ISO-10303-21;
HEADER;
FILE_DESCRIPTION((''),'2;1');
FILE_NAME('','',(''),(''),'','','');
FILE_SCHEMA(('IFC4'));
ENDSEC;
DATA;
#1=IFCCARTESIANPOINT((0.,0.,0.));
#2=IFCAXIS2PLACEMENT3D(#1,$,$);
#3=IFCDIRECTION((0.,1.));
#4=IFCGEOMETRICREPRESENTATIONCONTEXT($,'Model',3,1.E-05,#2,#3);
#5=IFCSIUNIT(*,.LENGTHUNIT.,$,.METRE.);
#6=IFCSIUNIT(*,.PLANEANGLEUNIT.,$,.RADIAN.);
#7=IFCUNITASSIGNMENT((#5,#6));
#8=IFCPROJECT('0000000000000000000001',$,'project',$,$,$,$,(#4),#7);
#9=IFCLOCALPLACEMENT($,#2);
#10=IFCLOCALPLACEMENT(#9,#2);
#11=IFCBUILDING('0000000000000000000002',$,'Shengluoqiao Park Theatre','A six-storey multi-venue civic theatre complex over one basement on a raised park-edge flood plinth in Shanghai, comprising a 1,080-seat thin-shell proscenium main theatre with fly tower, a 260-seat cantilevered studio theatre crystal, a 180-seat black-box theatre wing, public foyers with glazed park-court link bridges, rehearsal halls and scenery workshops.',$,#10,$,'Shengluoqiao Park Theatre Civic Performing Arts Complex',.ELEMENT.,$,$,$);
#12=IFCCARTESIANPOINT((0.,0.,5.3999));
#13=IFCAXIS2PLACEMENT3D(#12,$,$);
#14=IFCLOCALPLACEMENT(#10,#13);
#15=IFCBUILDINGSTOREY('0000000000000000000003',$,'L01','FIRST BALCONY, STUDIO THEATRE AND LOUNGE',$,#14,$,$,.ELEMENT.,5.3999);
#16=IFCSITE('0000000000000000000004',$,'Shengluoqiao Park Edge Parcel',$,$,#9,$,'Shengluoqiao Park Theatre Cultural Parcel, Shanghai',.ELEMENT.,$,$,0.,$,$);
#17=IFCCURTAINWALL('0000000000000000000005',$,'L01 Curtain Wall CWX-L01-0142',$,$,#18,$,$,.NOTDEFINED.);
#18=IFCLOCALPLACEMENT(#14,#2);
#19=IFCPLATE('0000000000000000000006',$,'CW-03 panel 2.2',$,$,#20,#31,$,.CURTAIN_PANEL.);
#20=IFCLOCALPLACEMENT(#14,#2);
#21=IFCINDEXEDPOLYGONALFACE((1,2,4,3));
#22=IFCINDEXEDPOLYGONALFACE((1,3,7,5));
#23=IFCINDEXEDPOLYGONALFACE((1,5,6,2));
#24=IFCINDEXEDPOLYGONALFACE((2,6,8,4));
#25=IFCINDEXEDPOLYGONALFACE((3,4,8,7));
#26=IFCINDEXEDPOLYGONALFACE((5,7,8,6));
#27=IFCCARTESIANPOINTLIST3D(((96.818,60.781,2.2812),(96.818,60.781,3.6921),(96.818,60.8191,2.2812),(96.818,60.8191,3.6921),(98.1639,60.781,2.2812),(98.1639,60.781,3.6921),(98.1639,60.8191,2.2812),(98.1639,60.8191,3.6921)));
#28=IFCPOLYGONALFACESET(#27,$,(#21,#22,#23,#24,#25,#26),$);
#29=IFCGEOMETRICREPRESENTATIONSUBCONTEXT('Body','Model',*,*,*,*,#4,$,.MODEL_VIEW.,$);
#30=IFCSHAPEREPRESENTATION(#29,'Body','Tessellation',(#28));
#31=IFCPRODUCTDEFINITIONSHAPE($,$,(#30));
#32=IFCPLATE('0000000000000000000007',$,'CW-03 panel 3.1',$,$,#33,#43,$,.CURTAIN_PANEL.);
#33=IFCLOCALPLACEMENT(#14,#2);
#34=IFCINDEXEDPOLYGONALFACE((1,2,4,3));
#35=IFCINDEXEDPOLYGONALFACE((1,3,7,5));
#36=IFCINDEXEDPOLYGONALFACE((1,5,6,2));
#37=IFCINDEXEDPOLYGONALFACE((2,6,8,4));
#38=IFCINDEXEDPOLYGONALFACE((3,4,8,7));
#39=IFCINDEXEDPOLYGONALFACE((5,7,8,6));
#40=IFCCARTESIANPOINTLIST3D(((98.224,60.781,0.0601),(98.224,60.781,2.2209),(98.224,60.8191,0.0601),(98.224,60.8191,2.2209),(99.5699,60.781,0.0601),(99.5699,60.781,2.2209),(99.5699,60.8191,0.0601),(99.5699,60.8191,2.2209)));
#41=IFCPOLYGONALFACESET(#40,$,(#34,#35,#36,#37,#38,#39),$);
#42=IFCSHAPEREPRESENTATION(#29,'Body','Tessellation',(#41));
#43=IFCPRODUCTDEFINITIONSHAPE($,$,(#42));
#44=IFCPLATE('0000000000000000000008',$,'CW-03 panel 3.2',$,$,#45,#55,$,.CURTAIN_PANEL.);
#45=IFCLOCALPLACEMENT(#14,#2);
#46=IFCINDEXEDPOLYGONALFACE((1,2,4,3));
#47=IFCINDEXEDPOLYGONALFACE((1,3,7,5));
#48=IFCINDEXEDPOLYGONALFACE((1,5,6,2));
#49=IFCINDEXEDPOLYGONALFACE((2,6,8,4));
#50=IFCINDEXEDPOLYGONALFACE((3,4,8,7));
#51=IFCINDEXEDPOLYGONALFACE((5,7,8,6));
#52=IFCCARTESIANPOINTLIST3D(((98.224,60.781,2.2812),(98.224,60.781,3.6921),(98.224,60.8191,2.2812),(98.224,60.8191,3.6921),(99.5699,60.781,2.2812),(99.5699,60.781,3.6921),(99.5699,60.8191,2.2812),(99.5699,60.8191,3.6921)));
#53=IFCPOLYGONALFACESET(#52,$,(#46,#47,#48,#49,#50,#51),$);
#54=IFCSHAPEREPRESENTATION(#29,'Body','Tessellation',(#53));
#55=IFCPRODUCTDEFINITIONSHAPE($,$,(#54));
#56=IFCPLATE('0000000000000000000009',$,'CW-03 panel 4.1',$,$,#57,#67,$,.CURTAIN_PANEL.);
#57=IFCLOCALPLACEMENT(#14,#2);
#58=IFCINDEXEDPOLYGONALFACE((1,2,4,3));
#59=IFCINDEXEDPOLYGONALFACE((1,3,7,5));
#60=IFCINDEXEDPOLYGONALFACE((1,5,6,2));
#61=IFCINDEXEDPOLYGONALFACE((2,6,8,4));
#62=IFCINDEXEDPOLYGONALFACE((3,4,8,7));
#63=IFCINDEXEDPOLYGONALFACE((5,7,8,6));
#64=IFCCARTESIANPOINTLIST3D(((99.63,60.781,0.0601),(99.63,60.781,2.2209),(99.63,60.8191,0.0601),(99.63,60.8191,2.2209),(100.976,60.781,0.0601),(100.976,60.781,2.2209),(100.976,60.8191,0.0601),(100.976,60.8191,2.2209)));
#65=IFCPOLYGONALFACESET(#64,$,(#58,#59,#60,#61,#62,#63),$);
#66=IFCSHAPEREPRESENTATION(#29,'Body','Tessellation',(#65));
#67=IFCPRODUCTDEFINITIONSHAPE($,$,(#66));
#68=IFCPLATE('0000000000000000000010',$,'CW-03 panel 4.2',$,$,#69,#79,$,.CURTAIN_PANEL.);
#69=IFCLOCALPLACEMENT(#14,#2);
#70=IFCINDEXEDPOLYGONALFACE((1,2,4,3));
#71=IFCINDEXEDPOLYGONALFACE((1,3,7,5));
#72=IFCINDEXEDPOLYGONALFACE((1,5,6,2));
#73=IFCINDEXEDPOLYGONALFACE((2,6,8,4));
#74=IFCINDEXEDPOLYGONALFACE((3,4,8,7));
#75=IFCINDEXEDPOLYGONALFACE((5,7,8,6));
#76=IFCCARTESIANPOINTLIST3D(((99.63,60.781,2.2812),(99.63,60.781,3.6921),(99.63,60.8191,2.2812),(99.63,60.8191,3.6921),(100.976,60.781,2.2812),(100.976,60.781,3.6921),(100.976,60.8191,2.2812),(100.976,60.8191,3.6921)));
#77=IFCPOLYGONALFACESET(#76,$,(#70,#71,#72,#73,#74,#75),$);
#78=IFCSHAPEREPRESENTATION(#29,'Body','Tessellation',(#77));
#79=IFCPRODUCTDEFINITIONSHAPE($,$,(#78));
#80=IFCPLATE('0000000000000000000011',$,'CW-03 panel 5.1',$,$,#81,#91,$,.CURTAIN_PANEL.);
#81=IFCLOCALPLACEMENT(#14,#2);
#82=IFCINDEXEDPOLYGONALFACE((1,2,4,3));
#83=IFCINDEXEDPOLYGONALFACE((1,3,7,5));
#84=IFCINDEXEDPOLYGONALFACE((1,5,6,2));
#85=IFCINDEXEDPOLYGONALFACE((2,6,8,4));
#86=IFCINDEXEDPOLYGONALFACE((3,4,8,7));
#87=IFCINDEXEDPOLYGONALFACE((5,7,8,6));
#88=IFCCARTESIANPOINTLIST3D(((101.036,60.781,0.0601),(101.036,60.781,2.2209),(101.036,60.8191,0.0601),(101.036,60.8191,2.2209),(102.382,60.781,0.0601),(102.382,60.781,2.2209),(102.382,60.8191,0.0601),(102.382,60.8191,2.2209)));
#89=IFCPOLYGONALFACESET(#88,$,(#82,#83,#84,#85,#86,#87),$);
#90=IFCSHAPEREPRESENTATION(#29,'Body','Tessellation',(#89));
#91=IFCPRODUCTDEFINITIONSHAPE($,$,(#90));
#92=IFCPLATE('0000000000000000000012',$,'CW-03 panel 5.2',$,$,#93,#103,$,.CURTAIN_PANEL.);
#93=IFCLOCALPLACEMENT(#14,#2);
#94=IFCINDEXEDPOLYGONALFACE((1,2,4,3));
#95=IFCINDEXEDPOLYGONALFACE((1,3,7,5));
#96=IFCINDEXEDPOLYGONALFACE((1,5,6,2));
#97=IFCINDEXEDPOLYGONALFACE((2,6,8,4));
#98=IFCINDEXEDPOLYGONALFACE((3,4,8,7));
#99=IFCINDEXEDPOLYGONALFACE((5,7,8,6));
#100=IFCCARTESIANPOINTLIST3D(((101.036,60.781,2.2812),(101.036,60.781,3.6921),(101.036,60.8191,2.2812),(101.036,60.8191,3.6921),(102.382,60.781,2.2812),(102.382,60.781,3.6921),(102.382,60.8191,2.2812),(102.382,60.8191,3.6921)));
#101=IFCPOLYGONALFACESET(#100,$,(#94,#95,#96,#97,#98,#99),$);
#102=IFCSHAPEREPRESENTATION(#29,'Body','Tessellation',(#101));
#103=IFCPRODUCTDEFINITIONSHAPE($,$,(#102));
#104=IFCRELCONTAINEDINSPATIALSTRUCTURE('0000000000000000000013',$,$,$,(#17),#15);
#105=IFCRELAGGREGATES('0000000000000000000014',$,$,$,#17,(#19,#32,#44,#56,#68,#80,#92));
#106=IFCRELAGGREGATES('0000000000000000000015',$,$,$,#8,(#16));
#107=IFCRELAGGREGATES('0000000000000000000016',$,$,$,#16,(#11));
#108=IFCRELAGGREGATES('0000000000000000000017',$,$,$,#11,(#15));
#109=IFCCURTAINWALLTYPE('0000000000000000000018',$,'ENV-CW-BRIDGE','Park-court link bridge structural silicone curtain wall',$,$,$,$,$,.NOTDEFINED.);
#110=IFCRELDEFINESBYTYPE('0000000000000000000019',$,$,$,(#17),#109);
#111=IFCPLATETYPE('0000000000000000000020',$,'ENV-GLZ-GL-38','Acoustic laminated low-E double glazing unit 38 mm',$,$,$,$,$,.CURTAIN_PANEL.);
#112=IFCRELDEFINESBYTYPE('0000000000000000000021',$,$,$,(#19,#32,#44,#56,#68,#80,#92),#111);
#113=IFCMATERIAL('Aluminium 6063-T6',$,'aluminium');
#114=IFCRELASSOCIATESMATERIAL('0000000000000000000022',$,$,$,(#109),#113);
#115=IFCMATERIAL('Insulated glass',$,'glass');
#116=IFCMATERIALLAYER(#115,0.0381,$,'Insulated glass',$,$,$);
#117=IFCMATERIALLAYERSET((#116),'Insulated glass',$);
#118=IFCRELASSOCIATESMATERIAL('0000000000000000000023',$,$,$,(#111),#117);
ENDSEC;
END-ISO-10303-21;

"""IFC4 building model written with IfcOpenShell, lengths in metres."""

from ifc_helpers import new_model, si_unit, direction, frame, origin, origin_2d, place, context, subcontext, project, spatial, rectangle, extrude, material, layer, layer_set, type_object, element, aggregate, save


model = new_model("IFC4")

# Units and contexts
model_context = context("Model", 3, precision=1e-05, world=origin(), true_north=direction((0.0, 1.0)))
body_context = subcontext(model_context, "Body", "Model", "MODEL_VIEW")
ifc_project = project(units=[si_unit("LENGTHUNIT", "METRE"), si_unit("PLANEANGLEUNIT", "RADIAN")], contexts=[model_context])

# Site, building, storey
site_placement = place(None, origin())
site = spatial("IfcSite", under=ifc_project, at=site_placement, Name="Shengluoqiao Park Edge Parcel", LongName="Shengluoqiao Park Theatre Cultural Parcel, Shanghai", CompositionType="ELEMENT", RefElevation=0.0)
building_placement = place(site_placement, origin())
building = spatial("IfcBuilding", under=site, at=building_placement, Name="Shengluoqiao Park Theatre", Description="A six-storey multi-venue civic theatre complex over one basement on a raised park-edge flood plinth in Shanghai, comprising a 1,080-seat thin-shell proscenium main theatre with fly tower, a 260-seat cantilevered studio theatre crystal, a 180-seat black-box theatre wing, public foyers with glazed park-court link bridges, rehearsal halls and scenery workshops.", LongName="Shengluoqiao Park Theatre Civic Performing Arts Complex", CompositionType="ELEMENT")
storey_placement = place(building_placement, frame((0.0, 0.0, 5.3999)))
storey = spatial("IfcBuildingStorey", under=building, at=storey_placement, Name="L01", Description="FIRST BALCONY, STUDIO THEATRE AND LOUNGE", CompositionType="ELEMENT", Elevation=5.3999)

# Shared definitions
ifc_material_1 = material(Name="Aluminium 6063-T6", Category="aluminium")
curtain_wall_type = type_object("IfcCurtainWallType", Name="ENV-CW-BRIDGE", Description="Park-court link bridge structural silicone curtain wall", PredefinedType="NOTDEFINED", material=ifc_material_1)

# Curtain wall
curtain_wall_1_placement = place(storey_placement, origin())
curtain_wall_1 = element("IfcCurtainWall", 1, at=curtain_wall_1_placement, inside=storey, type_object=curtain_wall_type, Name="L01 Curtain Wall CWX-L01-0142", PredefinedType="NOTDEFINED")

# Plates
ifc_material_2 = material(Name="Insulated glass", Category="glass")
ifc_layer = layer(ifc_material_2, 0.0381, Name="Insulated glass")
ifc_layer_set = layer_set([ifc_layer], Name="Insulated glass")
plate_type = type_object("IfcPlateType", Name="ENV-GLZ-GL-38", Description="Acoustic laminated low-E double glazing unit 38 mm", PredefinedType="CURTAIN_PANEL", material=ifc_layer_set)
plate_1_placement = place(storey_placement, frame((97.491, 60.8, 2.2812), z_axis=(0.0, 0.0, 1.0), x_axis=(1.0, 0.0, 0.0)))
plate_1 = element("IfcPlate", 2, at=plate_1_placement, type_object=plate_type, Name="CW-03 panel 2.2", PredefinedType="CURTAIN_PANEL", context=body_context, shape_type="SweptSolid", body=[
    extrude(rectangle(XDim=1.3459, YDim=0.0381, at=origin_2d()), origin(), (0.0, 0.0, 1.0), 1.4109),
])
plate_2_placement = place(storey_placement, frame((98.897, 60.8, 0.0601), z_axis=(0.0, 0.0, 1.0), x_axis=(1.0, 0.0, 0.0)))
plate_2 = element("IfcPlate", 3, at=plate_2_placement, type_object=plate_type, Name="CW-03 panel 3.1", PredefinedType="CURTAIN_PANEL", context=body_context, shape_type="SweptSolid", body=[
    extrude(rectangle(XDim=1.3459, YDim=0.0381, at=origin_2d()), origin(), (0.0, 0.0, 1.0), 2.1609),
])
plate_3_placement = place(storey_placement, frame((98.897, 60.8, 2.2812), z_axis=(0.0, 0.0, 1.0), x_axis=(1.0, 0.0, 0.0)))
plate_3 = element("IfcPlate", 4, at=plate_3_placement, type_object=plate_type, Name="CW-03 panel 3.2", PredefinedType="CURTAIN_PANEL", context=body_context, shape_type="SweptSolid", body=[
    extrude(rectangle(XDim=1.3459, YDim=0.0381, at=origin_2d()), origin(), (0.0, 0.0, 1.0), 1.4109),
])
plate_4_placement = place(storey_placement, frame((100.303, 60.8, 0.0601), z_axis=(0.0, 0.0, 1.0), x_axis=(1.0, 0.0, 0.0)))
plate_4 = element("IfcPlate", 5, at=plate_4_placement, type_object=plate_type, Name="CW-03 panel 4.1", PredefinedType="CURTAIN_PANEL", context=body_context, shape_type="SweptSolid", body=[
    extrude(rectangle(XDim=1.3459, YDim=0.0381, at=origin_2d()), origin(), (0.0, 0.0, 1.0), 2.1609),
])
plate_5_placement = place(storey_placement, frame((100.303, 60.8, 2.2812), z_axis=(0.0, 0.0, 1.0), x_axis=(1.0, 0.0, 0.0)))
plate_5 = element("IfcPlate", 6, at=plate_5_placement, type_object=plate_type, Name="CW-03 panel 4.2", PredefinedType="CURTAIN_PANEL", context=body_context, shape_type="SweptSolid", body=[
    extrude(rectangle(XDim=1.3459, YDim=0.0381, at=origin_2d()), origin(), (0.0, 0.0, 1.0), 1.4109),
])
plate_6_placement = place(storey_placement, frame((101.709, 60.8, 0.0601), z_axis=(0.0, 0.0, 1.0), x_axis=(1.0, 0.0, 0.0)))
plate_6 = element("IfcPlate", 7, at=plate_6_placement, type_object=plate_type, Name="CW-03 panel 5.1", PredefinedType="CURTAIN_PANEL", context=body_context, shape_type="SweptSolid", body=[
    extrude(rectangle(XDim=1.3459, YDim=0.0381, at=origin_2d()), origin(), (0.0, 0.0, 1.0), 2.1609),
])
plate_7_placement = place(storey_placement, frame((101.709, 60.8, 2.2812), z_axis=(0.0, 0.0, 1.0), x_axis=(1.0, 0.0, 0.0)))
plate_7 = element("IfcPlate", 8, at=plate_7_placement, type_object=plate_type, Name="CW-03 panel 5.2", PredefinedType="CURTAIN_PANEL", context=body_context, shape_type="SweptSolid", body=[
    extrude(rectangle(XDim=1.3459, YDim=0.0381, at=origin_2d()), origin(), (0.0, 0.0, 1.0), 1.4109),
])
aggregate(curtain_wall_1, [plate_1, plate_2, plate_3, plate_4, plate_5, plate_6, plate_7])

save(model, "model.ifc")
